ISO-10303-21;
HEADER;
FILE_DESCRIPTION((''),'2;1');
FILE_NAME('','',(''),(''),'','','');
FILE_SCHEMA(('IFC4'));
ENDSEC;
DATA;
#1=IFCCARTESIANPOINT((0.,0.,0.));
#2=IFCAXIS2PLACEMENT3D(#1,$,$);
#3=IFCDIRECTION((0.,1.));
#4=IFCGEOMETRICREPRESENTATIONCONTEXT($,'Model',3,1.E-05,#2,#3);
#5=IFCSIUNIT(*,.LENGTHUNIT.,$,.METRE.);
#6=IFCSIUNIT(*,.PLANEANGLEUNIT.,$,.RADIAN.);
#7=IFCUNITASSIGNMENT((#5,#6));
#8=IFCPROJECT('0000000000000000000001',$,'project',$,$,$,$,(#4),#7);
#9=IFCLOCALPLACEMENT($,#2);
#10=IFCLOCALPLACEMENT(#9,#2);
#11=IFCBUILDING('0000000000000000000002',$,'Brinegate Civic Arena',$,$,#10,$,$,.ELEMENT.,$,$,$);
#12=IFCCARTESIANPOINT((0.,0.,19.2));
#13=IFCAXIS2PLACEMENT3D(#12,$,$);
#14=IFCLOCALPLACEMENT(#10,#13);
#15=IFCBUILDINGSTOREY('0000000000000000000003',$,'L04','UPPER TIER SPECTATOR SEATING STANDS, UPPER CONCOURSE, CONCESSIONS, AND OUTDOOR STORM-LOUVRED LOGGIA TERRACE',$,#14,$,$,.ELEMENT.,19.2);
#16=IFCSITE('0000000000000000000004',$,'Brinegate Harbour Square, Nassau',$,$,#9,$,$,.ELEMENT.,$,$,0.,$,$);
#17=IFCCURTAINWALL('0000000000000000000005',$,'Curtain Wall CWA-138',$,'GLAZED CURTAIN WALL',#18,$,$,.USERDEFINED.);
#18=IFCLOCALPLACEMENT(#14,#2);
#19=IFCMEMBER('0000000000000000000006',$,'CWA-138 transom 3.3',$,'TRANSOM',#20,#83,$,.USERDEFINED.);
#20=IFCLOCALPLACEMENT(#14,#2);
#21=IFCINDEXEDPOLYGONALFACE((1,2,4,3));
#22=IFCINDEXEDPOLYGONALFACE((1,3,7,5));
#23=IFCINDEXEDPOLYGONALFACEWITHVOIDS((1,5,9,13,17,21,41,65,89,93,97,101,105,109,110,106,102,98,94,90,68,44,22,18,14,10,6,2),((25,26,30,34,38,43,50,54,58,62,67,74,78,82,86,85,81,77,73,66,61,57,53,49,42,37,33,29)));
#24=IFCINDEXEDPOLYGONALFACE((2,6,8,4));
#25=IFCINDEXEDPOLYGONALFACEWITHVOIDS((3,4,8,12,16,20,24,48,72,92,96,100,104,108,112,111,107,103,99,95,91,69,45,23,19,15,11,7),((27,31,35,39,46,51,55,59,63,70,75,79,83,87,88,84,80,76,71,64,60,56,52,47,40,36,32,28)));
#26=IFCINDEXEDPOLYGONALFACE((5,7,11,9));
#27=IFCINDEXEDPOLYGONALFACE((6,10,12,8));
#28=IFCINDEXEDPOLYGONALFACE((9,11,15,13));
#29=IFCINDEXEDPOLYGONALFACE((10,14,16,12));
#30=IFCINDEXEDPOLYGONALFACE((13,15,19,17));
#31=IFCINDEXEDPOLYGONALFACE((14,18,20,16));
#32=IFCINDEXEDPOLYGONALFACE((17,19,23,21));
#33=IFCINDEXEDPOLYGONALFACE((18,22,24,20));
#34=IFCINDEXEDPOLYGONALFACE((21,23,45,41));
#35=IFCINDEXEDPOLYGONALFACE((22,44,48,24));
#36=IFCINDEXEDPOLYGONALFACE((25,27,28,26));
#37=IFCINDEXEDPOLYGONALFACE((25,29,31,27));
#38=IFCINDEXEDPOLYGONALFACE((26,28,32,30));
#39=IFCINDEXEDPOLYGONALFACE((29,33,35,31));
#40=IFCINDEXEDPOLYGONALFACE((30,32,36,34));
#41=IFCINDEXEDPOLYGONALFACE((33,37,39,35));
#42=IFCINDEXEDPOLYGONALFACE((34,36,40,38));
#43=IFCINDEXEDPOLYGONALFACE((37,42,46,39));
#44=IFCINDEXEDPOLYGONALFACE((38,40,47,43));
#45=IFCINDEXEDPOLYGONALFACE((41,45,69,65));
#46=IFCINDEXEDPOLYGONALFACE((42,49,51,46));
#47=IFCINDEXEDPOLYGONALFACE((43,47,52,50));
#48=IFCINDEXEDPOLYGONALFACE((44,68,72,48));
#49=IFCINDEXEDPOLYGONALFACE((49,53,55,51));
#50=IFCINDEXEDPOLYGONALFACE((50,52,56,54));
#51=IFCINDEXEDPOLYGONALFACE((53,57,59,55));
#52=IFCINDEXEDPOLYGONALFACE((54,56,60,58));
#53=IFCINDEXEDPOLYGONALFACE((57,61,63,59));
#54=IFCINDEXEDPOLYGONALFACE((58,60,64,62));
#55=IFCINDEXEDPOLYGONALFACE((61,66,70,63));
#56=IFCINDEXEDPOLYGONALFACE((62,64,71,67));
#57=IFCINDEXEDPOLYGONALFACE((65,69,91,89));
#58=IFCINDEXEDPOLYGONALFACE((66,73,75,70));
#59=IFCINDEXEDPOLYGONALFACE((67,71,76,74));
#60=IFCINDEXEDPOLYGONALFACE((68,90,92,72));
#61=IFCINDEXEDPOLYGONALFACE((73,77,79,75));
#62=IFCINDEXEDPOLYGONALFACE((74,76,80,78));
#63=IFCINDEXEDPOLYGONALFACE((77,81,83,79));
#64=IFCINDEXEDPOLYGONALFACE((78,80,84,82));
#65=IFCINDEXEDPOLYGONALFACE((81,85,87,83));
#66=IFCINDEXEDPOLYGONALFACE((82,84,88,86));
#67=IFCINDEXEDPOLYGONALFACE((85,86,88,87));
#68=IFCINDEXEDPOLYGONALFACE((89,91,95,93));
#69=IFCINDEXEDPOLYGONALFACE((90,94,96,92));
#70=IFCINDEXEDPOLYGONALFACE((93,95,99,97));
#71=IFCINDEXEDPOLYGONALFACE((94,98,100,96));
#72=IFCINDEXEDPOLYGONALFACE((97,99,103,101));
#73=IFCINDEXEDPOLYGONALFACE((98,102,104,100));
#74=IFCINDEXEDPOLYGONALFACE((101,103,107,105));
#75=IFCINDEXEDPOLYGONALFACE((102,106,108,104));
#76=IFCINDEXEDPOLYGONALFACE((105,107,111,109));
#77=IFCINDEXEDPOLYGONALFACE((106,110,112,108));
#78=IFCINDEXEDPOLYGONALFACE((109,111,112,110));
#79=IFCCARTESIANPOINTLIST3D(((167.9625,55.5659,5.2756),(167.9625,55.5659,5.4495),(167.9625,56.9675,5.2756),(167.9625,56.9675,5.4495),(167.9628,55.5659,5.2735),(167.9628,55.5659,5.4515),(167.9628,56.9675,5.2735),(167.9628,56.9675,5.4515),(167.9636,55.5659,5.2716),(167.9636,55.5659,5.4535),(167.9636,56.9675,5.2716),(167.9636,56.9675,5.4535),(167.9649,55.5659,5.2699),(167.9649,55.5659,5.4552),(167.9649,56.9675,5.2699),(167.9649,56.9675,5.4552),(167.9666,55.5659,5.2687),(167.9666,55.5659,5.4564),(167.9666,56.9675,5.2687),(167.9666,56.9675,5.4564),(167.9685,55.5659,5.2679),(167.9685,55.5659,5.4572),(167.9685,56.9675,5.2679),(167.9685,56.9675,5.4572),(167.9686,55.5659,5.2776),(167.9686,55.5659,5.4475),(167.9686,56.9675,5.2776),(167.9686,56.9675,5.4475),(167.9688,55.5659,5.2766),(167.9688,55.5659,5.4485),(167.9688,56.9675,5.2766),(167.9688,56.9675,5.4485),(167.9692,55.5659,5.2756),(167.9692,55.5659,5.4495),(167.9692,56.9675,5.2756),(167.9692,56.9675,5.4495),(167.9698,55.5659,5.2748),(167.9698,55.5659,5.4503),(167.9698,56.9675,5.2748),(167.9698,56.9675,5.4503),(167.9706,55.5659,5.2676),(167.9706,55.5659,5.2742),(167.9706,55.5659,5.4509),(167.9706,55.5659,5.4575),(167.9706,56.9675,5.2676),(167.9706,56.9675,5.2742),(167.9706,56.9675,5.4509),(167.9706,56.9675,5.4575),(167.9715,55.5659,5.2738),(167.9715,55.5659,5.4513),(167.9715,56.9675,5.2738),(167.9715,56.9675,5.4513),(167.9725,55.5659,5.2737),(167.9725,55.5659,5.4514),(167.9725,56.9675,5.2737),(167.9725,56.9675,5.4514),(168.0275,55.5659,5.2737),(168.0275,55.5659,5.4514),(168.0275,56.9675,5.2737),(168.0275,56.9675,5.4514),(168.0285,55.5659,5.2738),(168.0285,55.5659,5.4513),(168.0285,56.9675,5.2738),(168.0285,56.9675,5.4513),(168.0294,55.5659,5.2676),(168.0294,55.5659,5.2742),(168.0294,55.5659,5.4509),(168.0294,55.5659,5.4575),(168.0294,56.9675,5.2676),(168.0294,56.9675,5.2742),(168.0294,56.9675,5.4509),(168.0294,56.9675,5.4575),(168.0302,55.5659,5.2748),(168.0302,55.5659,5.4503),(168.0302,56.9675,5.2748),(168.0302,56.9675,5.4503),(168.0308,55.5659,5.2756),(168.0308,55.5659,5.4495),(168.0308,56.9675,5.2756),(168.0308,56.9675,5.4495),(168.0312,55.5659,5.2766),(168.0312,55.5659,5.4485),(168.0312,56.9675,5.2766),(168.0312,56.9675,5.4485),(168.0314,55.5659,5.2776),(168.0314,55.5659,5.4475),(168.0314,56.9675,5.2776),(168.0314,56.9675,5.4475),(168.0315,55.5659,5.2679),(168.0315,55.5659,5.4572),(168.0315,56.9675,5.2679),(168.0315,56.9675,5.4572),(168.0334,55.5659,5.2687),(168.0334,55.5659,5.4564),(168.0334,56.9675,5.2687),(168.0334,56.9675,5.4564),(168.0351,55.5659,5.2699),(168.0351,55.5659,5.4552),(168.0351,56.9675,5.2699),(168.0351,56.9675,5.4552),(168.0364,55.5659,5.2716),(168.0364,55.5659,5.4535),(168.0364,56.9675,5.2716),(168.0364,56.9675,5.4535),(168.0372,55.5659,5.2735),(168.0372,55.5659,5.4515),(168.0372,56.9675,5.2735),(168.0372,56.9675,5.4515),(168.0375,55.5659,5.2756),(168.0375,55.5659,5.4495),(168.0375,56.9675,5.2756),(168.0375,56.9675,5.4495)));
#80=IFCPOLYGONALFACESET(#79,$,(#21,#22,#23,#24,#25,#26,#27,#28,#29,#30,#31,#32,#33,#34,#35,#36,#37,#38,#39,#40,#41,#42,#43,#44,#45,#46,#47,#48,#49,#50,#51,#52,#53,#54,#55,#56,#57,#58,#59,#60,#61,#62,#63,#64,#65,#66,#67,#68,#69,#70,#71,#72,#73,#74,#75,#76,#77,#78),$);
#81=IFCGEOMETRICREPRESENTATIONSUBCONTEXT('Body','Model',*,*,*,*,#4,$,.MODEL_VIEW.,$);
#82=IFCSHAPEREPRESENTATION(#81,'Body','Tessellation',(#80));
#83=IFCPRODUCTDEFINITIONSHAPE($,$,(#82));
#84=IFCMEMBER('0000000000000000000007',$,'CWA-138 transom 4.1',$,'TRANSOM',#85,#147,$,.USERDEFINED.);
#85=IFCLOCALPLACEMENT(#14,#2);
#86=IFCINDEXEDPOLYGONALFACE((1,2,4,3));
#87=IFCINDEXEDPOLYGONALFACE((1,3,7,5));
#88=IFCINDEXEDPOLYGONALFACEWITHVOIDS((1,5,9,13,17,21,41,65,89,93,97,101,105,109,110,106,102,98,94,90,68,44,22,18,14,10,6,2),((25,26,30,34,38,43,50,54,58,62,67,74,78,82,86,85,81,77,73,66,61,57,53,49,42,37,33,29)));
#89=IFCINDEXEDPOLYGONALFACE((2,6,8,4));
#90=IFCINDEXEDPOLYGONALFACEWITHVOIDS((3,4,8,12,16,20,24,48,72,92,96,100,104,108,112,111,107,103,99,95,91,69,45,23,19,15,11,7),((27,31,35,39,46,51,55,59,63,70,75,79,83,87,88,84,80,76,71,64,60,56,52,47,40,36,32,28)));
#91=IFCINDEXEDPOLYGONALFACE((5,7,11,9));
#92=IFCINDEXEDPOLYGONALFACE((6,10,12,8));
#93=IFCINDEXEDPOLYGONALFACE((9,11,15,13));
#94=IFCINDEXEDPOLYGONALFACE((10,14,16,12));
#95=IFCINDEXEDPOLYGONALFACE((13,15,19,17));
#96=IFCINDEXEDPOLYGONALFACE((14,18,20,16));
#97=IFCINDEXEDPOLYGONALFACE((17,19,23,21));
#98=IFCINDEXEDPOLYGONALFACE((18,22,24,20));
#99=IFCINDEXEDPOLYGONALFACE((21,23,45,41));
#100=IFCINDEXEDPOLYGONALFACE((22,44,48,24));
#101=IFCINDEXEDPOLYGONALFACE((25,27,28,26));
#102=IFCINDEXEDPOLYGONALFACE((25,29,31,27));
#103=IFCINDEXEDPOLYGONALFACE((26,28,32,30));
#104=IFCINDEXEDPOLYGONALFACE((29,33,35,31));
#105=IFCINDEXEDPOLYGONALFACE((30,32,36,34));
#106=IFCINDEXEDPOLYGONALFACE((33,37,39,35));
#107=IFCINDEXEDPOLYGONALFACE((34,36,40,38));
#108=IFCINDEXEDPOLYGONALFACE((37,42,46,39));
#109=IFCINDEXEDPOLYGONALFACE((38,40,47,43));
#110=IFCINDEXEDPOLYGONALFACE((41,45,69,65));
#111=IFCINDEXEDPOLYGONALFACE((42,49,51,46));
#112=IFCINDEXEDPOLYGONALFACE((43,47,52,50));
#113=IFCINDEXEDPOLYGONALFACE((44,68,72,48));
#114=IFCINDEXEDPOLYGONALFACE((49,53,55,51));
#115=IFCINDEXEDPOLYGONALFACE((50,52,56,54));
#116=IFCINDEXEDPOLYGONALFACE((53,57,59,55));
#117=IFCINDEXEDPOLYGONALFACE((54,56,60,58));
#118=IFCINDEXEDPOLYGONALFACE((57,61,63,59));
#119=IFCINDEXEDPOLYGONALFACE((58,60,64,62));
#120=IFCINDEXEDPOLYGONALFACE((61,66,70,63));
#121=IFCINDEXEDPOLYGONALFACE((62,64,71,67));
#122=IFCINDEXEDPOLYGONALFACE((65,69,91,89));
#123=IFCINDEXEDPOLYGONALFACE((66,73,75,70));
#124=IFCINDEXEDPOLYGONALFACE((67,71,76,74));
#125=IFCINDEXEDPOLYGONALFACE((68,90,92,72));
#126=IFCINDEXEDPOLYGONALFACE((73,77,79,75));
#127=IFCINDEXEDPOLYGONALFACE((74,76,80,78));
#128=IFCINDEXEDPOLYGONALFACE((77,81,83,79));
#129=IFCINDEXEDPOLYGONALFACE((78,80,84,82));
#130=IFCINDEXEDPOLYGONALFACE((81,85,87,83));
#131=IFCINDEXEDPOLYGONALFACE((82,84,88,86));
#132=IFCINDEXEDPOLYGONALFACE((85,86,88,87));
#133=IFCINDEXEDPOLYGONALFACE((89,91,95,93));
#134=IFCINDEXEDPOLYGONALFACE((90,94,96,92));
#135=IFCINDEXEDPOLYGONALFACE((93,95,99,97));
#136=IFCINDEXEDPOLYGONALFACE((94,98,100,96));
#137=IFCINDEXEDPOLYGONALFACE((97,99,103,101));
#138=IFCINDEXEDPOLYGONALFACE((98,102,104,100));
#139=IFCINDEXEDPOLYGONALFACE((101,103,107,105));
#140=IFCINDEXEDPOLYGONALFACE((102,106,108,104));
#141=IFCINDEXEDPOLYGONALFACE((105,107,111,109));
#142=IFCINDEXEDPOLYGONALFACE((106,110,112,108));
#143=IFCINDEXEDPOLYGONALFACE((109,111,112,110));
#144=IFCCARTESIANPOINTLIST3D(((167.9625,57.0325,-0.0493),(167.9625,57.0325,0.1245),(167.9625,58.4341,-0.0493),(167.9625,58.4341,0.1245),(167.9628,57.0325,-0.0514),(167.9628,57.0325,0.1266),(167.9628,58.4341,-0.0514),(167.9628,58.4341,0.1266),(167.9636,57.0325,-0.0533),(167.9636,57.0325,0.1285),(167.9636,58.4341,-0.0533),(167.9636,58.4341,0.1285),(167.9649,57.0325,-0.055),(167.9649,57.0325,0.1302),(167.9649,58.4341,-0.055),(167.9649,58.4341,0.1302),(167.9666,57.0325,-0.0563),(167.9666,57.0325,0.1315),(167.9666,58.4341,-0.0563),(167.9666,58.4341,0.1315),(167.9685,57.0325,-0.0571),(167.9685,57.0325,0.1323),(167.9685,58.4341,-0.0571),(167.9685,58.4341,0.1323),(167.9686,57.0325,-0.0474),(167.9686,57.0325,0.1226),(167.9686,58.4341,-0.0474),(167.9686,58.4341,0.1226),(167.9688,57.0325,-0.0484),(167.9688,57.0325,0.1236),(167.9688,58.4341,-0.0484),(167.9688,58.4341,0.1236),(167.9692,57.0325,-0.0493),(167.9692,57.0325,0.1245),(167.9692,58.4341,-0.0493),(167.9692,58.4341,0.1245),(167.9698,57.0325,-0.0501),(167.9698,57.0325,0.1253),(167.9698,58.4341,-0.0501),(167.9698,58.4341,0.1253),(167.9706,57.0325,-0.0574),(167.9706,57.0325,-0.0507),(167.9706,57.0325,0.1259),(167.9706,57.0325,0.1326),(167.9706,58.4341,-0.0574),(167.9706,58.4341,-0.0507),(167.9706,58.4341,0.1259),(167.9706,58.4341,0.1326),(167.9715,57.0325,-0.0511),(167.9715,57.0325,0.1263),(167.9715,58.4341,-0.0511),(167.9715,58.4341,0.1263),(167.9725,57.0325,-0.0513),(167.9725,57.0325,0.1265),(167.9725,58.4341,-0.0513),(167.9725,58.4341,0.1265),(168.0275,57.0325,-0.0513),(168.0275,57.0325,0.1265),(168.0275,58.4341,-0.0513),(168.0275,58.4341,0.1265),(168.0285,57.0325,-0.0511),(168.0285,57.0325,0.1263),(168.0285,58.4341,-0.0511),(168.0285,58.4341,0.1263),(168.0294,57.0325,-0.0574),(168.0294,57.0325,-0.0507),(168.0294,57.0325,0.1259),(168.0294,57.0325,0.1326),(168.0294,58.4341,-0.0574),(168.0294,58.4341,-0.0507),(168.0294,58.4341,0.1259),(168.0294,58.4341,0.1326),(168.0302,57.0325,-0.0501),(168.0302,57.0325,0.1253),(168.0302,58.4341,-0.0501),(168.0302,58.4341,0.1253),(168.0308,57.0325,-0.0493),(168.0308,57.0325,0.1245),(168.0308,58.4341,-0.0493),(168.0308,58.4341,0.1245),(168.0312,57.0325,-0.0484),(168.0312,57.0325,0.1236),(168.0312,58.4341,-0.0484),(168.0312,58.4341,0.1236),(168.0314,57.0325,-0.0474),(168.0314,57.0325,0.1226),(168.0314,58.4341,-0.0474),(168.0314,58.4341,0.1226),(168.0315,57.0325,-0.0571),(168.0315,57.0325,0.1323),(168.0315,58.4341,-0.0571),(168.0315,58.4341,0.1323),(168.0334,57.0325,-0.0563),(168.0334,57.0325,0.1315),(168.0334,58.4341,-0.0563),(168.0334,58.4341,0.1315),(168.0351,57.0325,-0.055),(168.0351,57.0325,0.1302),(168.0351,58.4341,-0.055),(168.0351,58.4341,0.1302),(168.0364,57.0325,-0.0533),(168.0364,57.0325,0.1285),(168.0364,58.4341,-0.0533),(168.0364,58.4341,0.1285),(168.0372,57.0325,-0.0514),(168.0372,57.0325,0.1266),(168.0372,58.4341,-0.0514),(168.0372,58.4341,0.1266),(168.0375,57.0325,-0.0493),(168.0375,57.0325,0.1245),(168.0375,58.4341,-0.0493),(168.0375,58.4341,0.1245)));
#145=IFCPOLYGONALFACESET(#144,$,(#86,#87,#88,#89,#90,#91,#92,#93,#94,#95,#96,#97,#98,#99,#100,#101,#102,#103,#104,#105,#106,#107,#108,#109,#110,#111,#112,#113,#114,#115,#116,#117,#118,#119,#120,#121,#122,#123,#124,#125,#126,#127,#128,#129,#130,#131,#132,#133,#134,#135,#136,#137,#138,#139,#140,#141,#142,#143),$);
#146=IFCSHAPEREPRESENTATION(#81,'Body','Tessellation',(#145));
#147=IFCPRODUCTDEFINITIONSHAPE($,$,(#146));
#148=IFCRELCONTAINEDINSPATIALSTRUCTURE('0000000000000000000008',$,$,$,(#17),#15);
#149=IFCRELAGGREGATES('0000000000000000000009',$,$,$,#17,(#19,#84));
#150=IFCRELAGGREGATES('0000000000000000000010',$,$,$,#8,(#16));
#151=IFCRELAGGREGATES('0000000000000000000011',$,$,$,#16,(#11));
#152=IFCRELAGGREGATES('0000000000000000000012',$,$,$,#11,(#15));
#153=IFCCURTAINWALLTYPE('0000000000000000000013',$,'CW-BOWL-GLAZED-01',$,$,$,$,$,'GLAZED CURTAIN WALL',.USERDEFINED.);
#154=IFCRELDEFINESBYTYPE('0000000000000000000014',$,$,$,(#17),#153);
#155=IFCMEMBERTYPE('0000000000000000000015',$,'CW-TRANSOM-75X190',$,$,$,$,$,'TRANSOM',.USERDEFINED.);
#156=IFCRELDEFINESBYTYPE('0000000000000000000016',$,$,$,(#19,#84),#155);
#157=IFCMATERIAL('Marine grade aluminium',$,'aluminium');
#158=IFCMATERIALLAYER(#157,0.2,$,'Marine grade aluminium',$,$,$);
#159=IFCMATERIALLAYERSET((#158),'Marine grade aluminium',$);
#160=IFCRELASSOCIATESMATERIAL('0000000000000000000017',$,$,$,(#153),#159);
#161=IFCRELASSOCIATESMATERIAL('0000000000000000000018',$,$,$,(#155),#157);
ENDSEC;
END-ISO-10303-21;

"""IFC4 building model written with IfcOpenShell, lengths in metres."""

from ifc_helpers import new_model, si_unit, direction, frame, origin, origin_2d, place, context, subcontext, project, spatial, hollow_rectangle, extrude, material, layer, layer_set, material_profile, profile_set, type_object, element, aggregate, save


model = new_model("IFC4")

# Units and contexts
model_context = context("Model", 3, precision=1e-05, world=origin(), true_north=direction((0.0, 1.0)))
body_context = subcontext(model_context, "Body", "Model", "MODEL_VIEW")
ifc_project = project(units=[si_unit("LENGTHUNIT", "METRE"), si_unit("PLANEANGLEUNIT", "RADIAN")], contexts=[model_context])

# Site, building, storey
site_placement = place(None, origin())
site = spatial("IfcSite", under=ifc_project, at=site_placement, Name="Brinegate Harbour Square, Nassau", CompositionType="ELEMENT", RefElevation=0.0)
building_placement = place(site_placement, origin())
building = spatial("IfcBuilding", under=site, at=building_placement, Name="Brinegate Civic Arena", CompositionType="ELEMENT")
storey_placement = place(building_placement, frame((0.0, 0.0, 19.2)))
storey = spatial("IfcBuildingStorey", under=building, at=storey_placement, Name="L04", Description="UPPER TIER SPECTATOR SEATING STANDS, UPPER CONCOURSE, CONCESSIONS, AND OUTDOOR STORM-LOUVRED LOGGIA TERRACE", CompositionType="ELEMENT", Elevation=19.2)

# Curtain wall, members
ifc_material_1 = material(Name="Marine grade aluminium", Category="aluminium")
ifc_layer_1 = layer(ifc_material_1, 0.2, Name="Marine grade aluminium")
ifc_layer_set_1 = layer_set([ifc_layer_1], Name="Marine grade aluminium")
curtain_wall_type = type_object("IfcCurtainWallType", Name="CW-BOWL-GLAZED-01", ElementType="GLAZED CURTAIN WALL", PredefinedType="USERDEFINED", material=ifc_layer_set_1)
curtain_wall_placement = place(storey_placement, origin())
curtain_wall = element("IfcCurtainWall", 1, at=curtain_wall_placement, inside=storey, type_object=curtain_wall_type, Name="Curtain Wall CWA-138", ObjectType="GLAZED CURTAIN WALL", PredefinedType="USERDEFINED")
ifc_material_profile_1 = material_profile(ifc_material_1, hollow_rectangle(XDim=0.075, YDim=0.1899, WallThickness=0.0061, InnerFilletRadius=0.0039, OuterFilletRadius=0.0081, at=origin_2d()), Name="TRN75X190")
ifc_profile_set_1 = profile_set([ifc_material_profile_1], Name="Marine grade aluminium")
member_type_1 = type_object("IfcMemberType", Name="CW-TRANSOM-75X190", ElementType="TRANSOM", PredefinedType="USERDEFINED", material=ifc_profile_set_1)
member_1_placement = place(storey_placement, frame((168.0, 55.5659, 5.3625), z_axis=(0.0, 1.0, 0.0), x_axis=(-1.0, 0.0, 0.0)))
member_1 = element("IfcMember", 2, at=member_1_placement, type_object=member_type_1, Name="CWA-138 transom 3.3", ObjectType="TRANSOM", PredefinedType="USERDEFINED", context=body_context, shape_type="SweptSolid", body=[
    extrude(hollow_rectangle(XDim=0.075, YDim=0.1899, WallThickness=0.0061, InnerFilletRadius=0.0039, OuterFilletRadius=0.0081, at=origin_2d()), origin(), (0.0, 0.0, 1.0), 1.4016),
])
member_2_placement = place(storey_placement, frame((168.0, 57.0325, 0.0376), z_axis=(0.0, 1.0, 0.0), x_axis=(-1.0, 0.0, 0.0)))
member_2 = element("IfcMember", 3, at=member_2_placement, type_object=member_type_1, Name="CWA-138 transom 4.1", ObjectType="TRANSOM", PredefinedType="USERDEFINED", context=body_context, shape_type="SweptSolid", body=[
    extrude(hollow_rectangle(XDim=0.075, YDim=0.1899, WallThickness=0.0061, InnerFilletRadius=0.0039, OuterFilletRadius=0.0081, at=origin_2d()), origin(), (0.0, 0.0, 1.0), 1.4016),
])
aggregate(curtain_wall, [member_1, member_2])

save(model, "model.ifc")
